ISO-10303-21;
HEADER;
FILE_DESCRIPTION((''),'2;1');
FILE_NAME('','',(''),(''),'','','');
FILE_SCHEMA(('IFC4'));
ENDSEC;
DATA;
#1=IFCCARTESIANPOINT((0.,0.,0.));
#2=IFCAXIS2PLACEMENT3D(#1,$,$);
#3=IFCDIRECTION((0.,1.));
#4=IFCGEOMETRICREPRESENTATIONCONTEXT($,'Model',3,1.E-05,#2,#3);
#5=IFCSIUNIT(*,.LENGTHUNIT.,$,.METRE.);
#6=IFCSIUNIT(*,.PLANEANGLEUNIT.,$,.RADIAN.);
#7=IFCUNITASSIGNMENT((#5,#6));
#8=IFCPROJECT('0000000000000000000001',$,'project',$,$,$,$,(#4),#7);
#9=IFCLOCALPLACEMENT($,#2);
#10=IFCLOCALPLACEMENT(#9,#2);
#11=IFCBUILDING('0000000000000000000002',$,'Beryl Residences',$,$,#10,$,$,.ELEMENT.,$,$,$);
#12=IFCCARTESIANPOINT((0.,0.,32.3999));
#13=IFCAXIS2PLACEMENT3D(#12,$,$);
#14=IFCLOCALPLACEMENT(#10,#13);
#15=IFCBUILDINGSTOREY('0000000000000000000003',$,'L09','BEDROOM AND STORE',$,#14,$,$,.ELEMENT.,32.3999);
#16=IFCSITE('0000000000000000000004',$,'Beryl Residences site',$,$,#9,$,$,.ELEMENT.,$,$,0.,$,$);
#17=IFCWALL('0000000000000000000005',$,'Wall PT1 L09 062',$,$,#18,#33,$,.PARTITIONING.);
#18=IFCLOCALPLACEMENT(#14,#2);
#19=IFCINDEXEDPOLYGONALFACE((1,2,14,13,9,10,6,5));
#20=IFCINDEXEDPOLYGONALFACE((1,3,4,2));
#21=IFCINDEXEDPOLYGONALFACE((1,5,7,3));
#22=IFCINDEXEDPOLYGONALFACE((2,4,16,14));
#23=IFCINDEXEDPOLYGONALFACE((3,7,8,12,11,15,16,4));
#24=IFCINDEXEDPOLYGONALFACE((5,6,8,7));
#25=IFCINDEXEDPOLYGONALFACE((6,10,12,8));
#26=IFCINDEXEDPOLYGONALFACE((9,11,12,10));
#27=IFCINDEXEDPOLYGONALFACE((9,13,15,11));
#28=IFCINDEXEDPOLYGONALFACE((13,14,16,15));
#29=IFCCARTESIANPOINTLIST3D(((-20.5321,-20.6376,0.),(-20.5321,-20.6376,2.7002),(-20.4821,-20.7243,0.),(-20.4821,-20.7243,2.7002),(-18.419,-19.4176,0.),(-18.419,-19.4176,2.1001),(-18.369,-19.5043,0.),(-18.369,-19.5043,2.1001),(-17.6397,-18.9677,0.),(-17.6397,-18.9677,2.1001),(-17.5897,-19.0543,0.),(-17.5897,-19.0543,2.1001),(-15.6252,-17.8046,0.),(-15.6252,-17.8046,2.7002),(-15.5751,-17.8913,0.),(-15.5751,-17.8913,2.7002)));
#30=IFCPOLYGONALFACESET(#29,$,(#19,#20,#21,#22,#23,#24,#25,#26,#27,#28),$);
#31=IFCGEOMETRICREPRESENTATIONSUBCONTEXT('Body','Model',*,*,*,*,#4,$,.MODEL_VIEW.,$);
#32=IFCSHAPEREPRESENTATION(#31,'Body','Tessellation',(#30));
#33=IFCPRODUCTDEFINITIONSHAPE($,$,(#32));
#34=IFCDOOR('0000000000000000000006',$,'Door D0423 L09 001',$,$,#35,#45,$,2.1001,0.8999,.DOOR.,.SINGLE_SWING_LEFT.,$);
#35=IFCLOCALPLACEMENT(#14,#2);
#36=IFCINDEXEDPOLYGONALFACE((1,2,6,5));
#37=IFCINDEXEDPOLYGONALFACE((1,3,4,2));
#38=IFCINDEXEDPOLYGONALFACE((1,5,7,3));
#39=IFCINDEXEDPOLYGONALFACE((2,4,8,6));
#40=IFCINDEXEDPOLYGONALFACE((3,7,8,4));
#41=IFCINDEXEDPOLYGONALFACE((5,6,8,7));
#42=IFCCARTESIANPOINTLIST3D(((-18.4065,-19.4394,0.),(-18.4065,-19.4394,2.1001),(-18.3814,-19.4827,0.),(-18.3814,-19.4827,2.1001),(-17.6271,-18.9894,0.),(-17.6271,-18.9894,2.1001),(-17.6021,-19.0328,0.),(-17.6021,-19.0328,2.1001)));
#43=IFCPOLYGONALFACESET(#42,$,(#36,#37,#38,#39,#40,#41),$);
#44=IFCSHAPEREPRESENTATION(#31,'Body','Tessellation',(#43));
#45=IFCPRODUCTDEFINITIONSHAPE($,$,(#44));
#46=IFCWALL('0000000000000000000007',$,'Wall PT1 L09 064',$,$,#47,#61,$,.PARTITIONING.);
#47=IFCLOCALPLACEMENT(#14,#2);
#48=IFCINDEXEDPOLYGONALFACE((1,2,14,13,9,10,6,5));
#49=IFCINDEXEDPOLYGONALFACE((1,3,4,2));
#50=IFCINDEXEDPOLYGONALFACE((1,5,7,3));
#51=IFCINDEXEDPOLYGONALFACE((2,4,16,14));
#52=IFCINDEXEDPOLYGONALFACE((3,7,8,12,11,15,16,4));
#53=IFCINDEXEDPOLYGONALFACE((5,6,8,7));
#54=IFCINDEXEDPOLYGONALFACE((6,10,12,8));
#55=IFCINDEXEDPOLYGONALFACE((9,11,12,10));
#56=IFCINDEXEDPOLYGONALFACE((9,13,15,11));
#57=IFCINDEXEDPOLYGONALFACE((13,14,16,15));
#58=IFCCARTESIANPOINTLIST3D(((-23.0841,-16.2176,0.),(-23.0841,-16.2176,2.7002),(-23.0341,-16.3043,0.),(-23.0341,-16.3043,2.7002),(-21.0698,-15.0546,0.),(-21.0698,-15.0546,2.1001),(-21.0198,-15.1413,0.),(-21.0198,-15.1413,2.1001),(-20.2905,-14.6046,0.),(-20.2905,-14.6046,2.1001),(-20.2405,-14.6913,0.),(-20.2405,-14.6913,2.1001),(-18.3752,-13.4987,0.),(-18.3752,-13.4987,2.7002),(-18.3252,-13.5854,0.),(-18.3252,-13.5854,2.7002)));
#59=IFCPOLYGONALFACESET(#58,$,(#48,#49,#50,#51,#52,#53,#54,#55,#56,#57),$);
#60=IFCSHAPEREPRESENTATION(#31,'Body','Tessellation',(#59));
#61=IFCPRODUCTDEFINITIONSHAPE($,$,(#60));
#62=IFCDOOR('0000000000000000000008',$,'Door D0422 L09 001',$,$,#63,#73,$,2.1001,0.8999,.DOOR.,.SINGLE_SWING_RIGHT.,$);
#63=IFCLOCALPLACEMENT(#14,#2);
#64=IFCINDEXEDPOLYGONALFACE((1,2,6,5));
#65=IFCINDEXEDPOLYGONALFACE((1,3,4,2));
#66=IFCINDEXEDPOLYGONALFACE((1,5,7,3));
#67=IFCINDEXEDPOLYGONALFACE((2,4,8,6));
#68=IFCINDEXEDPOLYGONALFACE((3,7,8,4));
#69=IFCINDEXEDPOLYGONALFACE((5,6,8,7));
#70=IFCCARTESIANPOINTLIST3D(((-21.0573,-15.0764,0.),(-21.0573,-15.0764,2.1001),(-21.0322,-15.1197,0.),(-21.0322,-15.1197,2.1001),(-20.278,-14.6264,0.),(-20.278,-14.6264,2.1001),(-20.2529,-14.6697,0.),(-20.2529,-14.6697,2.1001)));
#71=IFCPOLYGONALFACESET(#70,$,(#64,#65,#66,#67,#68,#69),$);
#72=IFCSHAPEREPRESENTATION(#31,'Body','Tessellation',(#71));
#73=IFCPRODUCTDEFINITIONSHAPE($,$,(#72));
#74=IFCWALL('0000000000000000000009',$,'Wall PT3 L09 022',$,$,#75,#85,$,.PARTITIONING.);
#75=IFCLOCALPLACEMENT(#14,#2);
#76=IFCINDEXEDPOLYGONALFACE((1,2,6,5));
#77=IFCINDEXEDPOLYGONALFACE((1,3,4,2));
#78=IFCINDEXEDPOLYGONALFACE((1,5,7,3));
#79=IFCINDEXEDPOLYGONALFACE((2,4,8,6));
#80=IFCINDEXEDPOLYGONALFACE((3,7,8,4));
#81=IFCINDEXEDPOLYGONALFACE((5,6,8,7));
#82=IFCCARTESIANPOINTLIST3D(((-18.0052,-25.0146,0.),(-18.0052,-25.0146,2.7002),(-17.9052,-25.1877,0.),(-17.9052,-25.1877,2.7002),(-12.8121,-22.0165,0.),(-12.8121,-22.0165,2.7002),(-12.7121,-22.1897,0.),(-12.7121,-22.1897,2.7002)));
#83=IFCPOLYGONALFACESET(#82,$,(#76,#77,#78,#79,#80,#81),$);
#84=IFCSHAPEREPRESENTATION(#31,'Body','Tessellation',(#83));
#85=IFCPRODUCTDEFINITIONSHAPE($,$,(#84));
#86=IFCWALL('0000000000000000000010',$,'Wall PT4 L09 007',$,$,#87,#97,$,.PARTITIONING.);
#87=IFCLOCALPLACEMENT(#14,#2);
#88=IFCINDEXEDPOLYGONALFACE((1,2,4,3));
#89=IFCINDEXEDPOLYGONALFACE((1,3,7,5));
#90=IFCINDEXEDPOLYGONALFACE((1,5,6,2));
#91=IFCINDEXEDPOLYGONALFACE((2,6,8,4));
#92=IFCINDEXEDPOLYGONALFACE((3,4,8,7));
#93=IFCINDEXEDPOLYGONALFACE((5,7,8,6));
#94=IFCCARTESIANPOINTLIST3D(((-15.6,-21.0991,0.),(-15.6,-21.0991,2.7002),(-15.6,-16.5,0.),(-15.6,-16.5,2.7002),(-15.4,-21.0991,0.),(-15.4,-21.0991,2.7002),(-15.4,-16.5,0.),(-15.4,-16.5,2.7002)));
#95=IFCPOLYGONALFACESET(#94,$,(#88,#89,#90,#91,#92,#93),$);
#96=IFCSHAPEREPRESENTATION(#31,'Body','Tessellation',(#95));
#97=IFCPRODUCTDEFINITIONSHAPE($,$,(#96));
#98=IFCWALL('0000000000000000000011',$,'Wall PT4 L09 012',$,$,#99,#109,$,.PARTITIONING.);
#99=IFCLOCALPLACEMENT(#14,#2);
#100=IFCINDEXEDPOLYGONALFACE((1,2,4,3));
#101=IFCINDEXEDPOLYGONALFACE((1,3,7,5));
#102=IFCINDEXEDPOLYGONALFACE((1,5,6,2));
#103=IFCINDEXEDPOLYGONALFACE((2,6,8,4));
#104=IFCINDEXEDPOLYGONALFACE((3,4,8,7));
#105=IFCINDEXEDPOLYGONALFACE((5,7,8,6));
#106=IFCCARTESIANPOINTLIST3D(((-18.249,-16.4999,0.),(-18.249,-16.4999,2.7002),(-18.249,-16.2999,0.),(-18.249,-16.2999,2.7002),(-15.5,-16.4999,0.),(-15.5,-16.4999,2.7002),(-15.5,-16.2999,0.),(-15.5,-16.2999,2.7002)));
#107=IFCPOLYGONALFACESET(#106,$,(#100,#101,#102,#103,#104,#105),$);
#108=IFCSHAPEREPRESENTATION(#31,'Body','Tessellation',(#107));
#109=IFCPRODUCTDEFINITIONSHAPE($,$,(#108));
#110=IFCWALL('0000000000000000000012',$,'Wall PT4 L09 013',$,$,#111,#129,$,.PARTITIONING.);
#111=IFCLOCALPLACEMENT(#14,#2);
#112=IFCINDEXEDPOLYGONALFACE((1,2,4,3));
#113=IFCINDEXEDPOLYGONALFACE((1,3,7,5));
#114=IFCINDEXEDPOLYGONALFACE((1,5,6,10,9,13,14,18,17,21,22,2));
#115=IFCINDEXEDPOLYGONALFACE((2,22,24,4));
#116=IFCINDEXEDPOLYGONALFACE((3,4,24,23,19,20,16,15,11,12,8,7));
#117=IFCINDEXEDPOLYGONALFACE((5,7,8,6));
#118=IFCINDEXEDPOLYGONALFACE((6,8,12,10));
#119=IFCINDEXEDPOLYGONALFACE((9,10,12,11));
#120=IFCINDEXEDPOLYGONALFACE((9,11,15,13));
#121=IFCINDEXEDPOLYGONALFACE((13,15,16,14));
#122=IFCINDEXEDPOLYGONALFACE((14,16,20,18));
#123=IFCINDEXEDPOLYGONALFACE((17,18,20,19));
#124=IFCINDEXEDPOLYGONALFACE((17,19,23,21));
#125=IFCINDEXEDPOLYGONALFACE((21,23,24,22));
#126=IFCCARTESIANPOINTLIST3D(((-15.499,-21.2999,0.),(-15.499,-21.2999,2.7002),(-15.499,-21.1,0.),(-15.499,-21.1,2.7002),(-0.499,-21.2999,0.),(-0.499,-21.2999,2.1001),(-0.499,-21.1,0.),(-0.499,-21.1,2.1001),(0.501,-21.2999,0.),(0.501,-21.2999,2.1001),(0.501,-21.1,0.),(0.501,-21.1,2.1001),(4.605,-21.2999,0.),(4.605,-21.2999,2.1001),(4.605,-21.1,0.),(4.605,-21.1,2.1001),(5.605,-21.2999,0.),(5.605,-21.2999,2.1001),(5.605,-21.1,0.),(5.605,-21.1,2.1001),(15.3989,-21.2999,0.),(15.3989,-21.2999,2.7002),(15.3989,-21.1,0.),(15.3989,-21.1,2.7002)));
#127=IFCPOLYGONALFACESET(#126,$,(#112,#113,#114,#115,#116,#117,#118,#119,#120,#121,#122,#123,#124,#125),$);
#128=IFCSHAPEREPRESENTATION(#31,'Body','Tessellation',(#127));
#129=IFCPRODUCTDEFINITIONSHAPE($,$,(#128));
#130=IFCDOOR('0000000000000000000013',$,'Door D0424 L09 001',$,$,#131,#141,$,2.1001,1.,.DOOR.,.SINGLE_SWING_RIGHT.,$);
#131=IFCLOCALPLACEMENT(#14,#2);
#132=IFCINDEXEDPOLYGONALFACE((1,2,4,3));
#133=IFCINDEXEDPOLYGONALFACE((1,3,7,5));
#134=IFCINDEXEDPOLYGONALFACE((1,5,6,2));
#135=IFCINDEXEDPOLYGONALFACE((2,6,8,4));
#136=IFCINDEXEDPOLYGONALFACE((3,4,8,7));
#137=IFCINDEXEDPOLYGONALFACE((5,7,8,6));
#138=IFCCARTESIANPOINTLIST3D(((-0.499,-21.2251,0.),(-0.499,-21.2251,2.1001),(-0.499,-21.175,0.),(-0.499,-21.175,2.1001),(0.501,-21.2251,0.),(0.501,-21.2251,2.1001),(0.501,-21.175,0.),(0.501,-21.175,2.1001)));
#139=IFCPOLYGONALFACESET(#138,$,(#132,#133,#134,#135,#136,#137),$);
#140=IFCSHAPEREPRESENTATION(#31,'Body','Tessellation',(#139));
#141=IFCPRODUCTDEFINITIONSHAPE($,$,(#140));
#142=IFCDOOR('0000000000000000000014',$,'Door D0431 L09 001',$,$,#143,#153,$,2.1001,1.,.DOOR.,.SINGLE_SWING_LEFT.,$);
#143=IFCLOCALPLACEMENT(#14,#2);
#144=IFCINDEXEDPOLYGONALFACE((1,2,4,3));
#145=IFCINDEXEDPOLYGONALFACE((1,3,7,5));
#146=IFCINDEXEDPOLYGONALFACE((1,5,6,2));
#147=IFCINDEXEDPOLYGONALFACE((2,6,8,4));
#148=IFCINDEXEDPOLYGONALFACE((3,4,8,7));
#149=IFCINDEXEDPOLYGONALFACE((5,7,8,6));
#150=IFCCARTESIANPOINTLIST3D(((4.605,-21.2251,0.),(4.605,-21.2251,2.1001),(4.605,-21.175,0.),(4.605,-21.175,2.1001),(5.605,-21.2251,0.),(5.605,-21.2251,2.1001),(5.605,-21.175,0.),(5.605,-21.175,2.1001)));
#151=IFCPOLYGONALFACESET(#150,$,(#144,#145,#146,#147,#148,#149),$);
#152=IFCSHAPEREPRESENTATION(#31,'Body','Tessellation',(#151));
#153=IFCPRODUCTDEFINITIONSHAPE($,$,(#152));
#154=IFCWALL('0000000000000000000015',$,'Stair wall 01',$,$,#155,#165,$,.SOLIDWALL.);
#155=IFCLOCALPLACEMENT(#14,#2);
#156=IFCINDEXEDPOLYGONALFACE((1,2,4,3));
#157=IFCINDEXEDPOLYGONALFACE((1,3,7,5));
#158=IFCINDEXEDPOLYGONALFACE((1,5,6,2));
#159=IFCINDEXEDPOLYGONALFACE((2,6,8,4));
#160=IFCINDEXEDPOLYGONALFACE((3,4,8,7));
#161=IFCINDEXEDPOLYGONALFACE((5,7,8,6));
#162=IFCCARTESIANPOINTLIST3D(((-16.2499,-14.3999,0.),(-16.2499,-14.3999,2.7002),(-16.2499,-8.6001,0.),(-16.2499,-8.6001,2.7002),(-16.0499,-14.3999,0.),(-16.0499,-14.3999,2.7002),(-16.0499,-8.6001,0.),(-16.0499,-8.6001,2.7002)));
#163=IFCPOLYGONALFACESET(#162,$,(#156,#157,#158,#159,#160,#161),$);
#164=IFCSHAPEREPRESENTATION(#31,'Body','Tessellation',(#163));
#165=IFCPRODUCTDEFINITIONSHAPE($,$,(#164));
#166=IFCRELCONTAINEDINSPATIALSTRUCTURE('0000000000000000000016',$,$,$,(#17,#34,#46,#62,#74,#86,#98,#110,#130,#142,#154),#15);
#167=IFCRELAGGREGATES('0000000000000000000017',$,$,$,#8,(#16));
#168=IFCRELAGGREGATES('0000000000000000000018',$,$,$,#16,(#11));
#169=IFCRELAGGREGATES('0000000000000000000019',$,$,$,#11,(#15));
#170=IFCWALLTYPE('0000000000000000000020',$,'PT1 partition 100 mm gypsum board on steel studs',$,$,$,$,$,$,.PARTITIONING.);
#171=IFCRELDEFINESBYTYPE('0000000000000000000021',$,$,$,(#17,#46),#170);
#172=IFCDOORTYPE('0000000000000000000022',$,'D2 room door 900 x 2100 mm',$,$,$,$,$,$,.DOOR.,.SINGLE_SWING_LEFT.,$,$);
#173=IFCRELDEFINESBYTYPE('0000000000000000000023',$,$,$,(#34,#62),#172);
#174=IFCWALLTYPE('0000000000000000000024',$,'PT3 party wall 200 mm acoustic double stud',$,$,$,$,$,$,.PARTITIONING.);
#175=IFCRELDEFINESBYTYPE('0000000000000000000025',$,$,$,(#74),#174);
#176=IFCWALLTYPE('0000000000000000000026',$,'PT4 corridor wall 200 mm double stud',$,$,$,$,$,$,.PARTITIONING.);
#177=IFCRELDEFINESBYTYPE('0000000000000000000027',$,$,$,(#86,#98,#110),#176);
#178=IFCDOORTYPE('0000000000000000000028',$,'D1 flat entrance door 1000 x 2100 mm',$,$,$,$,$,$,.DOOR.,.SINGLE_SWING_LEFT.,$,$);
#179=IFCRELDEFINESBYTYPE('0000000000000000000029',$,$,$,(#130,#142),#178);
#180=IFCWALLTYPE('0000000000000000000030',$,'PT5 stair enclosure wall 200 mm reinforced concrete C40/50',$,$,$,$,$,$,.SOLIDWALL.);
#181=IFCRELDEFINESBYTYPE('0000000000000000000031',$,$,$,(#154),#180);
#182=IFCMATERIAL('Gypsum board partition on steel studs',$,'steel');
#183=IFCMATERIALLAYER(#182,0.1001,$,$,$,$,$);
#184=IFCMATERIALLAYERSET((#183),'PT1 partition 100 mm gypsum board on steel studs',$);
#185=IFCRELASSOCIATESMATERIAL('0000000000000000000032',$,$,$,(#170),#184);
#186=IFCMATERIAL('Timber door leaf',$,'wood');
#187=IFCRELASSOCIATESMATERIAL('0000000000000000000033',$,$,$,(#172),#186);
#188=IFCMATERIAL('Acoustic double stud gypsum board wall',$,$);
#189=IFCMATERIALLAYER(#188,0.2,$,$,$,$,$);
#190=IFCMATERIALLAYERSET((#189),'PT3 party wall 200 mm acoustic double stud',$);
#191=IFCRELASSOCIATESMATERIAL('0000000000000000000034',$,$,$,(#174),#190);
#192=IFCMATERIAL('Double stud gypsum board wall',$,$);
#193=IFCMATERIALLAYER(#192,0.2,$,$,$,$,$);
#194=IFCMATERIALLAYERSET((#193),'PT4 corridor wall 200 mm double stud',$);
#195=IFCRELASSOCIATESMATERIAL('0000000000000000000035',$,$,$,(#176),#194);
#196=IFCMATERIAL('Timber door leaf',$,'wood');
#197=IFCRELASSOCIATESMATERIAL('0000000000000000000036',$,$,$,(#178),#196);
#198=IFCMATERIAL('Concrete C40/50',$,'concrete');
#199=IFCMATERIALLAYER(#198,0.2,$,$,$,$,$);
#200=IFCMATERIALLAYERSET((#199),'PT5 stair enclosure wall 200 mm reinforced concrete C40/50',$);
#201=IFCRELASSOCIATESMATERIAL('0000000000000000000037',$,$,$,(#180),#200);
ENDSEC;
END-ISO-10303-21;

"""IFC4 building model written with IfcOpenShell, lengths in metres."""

from ifc_helpers import new_model, si_unit, direction, frame, frame_2d, origin, place, context, subcontext, project, spatial, rectangle, extrude, material, layer, layer_set, type_object, element, fill, save


model = new_model("IFC4")

# Units and contexts
model_context = context("Model", 3, precision=1e-05, world=origin(), true_north=direction((0.0, 1.0)))
body_context = subcontext(model_context, "Body", "Model", "MODEL_VIEW")
ifc_project = project(units=[si_unit("LENGTHUNIT", "METRE"), si_unit("PLANEANGLEUNIT", "RADIAN")], contexts=[model_context])

# Site, building, storey
site_placement = place(None, origin())
site = spatial("IfcSite", under=ifc_project, at=site_placement, Name="Beryl Residences site", CompositionType="ELEMENT", RefElevation=0.0)
building_placement = place(site_placement, origin())
building = spatial("IfcBuilding", under=site, at=building_placement, Name="Beryl Residences", CompositionType="ELEMENT")
storey_placement = place(building_placement, frame((0.0, 0.0, 32.3999)))
storey = spatial("IfcBuildingStorey", under=building, at=storey_placement, Name="L09", Description="BEDROOM AND STORE", CompositionType="ELEMENT", Elevation=32.3999)

# Shared definitions
ifc_material_1 = material(Name="Gypsum board partition on steel studs", Category="steel")
ifc_layer_1 = layer(ifc_material_1, 0.1001)
ifc_layer_set_1 = layer_set([ifc_layer_1], Name="PT1 partition 100 mm gypsum board on steel studs")
wall_type_1 = type_object("IfcWallType", Name="PT1 partition 100 mm gypsum board on steel studs", PredefinedType="PARTITIONING", material=ifc_layer_set_1)

# Walls, openings, doors
wall_1_placement = place(storey_placement, frame((-20.5071, -20.6809, 0.0), z_axis=(0.0, 0.0, 1.0), x_axis=(0.866028, 0.499995, 0.0)))
wall_1 = element("IfcWall", 1, at=wall_1_placement, inside=storey, type_object=wall_type_1, Name="Wall PT1 L09 062", PredefinedType="PARTITIONING", context=body_context, shape_type="SweptSolid", body=[
    extrude(rectangle(XDim=5.666, YDim=0.1001, at=frame_2d((2.833, 0.0))), origin(), (0.0, 0.0, 1.0), 2.7002),
])
opening_1_placement = place(wall_1_placement, frame((2.4399, 0.0, 0.0)))
opening_1 = element("IfcOpeningElement", 2, at=opening_1_placement, cuts=wall_1, PredefinedType="OPENING", context=body_context, shape_type="SweptSolid", body=[
    extrude(rectangle(XDim=0.8999, YDim=2.1001, at=frame_2d((0.45, 1.05))), frame((0.0, 0.0601, 0.0), z_axis=(0.0, -1.0, 0.0), x_axis=(1.0, 0.0, 0.0)), (0.0, 0.0, 1.0), 0.1201),
])
ifc_material_2 = material(Name="Timber door leaf", Category="wood")
door_type_1 = type_object("IfcDoorType", Name="D2 room door 900 x 2100 mm", OperationType="SINGLE_SWING_LEFT", PredefinedType="DOOR", material=ifc_material_2)
door_1_placement = place(opening_1_placement, origin())
door_1 = element("IfcDoor", 3, at=door_1_placement, inside=storey, type_object=door_type_1, Name="Door D0423 L09 001", OperationType="SINGLE_SWING_LEFT", OverallHeight=2.1001, OverallWidth=0.8999, PredefinedType="DOOR", context=body_context, shape_type="SweptSolid", body=[
    extrude(rectangle(XDim=0.8999, YDim=2.1001, at=frame_2d((0.45, 1.05))), frame((0.0, 0.0249, 0.0), z_axis=(0.0, -1.0, 0.0), x_axis=(1.0, 0.0, 0.0)), (0.0, 0.0, 1.0), 0.05),
])
fill(opening_1, door_1)
wall_2_placement = place(storey_placement, frame((-23.0591, -16.261, 0.0), z_axis=(0.0, 0.0, 1.0), x_axis=(0.866005, 0.500036, 0.0)))
wall_2 = element("IfcWall", 4, at=wall_2_placement, inside=storey, type_object=wall_type_1, Name="Wall PT1 L09 064", PredefinedType="PARTITIONING", context=body_context, shape_type="SweptSolid", body=[
    extrude(rectangle(XDim=5.4375, YDim=0.1001, at=frame_2d((2.7188, 0.0))), origin(), (0.0, 0.0, 1.0), 2.7002),
])
opening_2_placement = place(wall_2_placement, frame((2.3259, 0.0, 0.0)))
opening_2 = element("IfcOpeningElement", 5, at=opening_2_placement, cuts=wall_2, PredefinedType="OPENING", context=body_context, shape_type="SweptSolid", body=[
    extrude(rectangle(XDim=0.8999, YDim=2.1001, at=frame_2d((0.45, 1.05))), frame((0.0, 0.0601, 0.0), z_axis=(0.0, -1.0, 0.0), x_axis=(1.0, 0.0, 0.0)), (0.0, 0.0, 1.0), 0.1201),
])
door_2_placement = place(opening_2_placement, origin())
door_2 = element("IfcDoor", 6, at=door_2_placement, inside=storey, type_object=door_type_1, Name="Door D0422 L09 001", OperationType="SINGLE_SWING_RIGHT", OverallHeight=2.1001, OverallWidth=0.8999, PredefinedType="DOOR", context=body_context, shape_type="SweptSolid", body=[
    extrude(rectangle(XDim=0.8999, YDim=2.1001, at=frame_2d((0.45, 1.05))), frame((0.0, 0.0249, 0.0), z_axis=(0.0, -1.0, 0.0), x_axis=(1.0, 0.0, 0.0)), (0.0, 0.0, 1.0), 0.05),
])
fill(opening_2, door_2)

# Walls
ifc_material_3 = material(Name="Acoustic double stud gypsum board wall")
ifc_layer_2 = layer(ifc_material_3, 0.2)
ifc_layer_set_2 = layer_set([ifc_layer_2], Name="PT3 party wall 200 mm acoustic double stud")
wall_type_2 = type_object("IfcWallType", Name="PT3 party wall 200 mm acoustic double stud", PredefinedType="PARTITIONING", material=ifc_layer_set_2)
wall_3_placement = place(storey_placement, frame((-17.9551, -25.1011, 0.0), z_axis=(0.0, 0.0, 1.0), x_axis=(0.86604, 0.499975, 0.0)))
element("IfcWall", 7, at=wall_3_placement, inside=storey, type_object=wall_type_2, Name="Wall PT3 L09 022", PredefinedType="PARTITIONING", context=body_context, shape_type="SweptSolid", body=[
    extrude(rectangle(XDim=5.9963, YDim=0.2, at=frame_2d((2.998, 0.0))), origin(), (0.0, 0.0, 1.0), 2.7002),
])
ifc_material_4 = material(Name="Double stud gypsum board wall")
ifc_layer_3 = layer(ifc_material_4, 0.2)
ifc_layer_set_3 = layer_set([ifc_layer_3], Name="PT4 corridor wall 200 mm double stud")
wall_type_3 = type_object("IfcWallType", Name="PT4 corridor wall 200 mm double stud", PredefinedType="PARTITIONING", material=ifc_layer_set_3)
wall_4_placement = place(storey_placement, frame((-15.5, -16.5, 0.0), z_axis=(0.0, 0.0, 1.0), x_axis=(0.0, -1.0, 0.0)))
element("IfcWall", 8, at=wall_4_placement, inside=storey, type_object=wall_type_3, Name="Wall PT4 L09 007", PredefinedType="PARTITIONING", context=body_context, shape_type="SweptSolid", body=[
    extrude(rectangle(XDim=4.5991, YDim=0.2, at=frame_2d((2.2996, 0.0))), origin(), (0.0, 0.0, 1.0), 2.7002),
])
wall_5_placement = place(storey_placement, frame((-18.249, -16.3999, 0.0), z_axis=(0.0, 0.0, 1.0), x_axis=(1.0, 0.0, 0.0)))
element("IfcWall", 9, at=wall_5_placement, inside=storey, type_object=wall_type_3, Name="Wall PT4 L09 012", PredefinedType="PARTITIONING", context=body_context, shape_type="SweptSolid", body=[
    extrude(rectangle(XDim=2.749, YDim=0.2, at=frame_2d((1.3745, 0.0))), origin(), (0.0, 0.0, 1.0), 2.7002),
])

# Wall, openings, doors
wall_6_placement = place(storey_placement, frame((-15.499, -21.2, 0.0), z_axis=(0.0, 0.0, 1.0), x_axis=(1.0, 0.0, 0.0)))
wall_6 = element("IfcWall", 10, at=wall_6_placement, inside=storey, type_object=wall_type_3, Name="Wall PT4 L09 013", PredefinedType="PARTITIONING", context=body_context, shape_type="SweptSolid", body=[
    extrude(rectangle(XDim=30.8979, YDim=0.2, at=frame_2d((15.449, 0.0))), origin(), (0.0, 0.0, 1.0), 2.7002),
])
opening_3_placement = place(wall_6_placement, frame((15.0, 0.0, 0.0)))
opening_3 = element("IfcOpeningElement", 11, at=opening_3_placement, cuts=wall_6, PredefinedType="OPENING", context=body_context, shape_type="SweptSolid", body=[
    extrude(rectangle(XDim=1.0, YDim=2.1001, at=frame_2d((0.5, 1.05))), frame((0.0, 0.1099, 0.0), z_axis=(0.0, -1.0, 0.0), x_axis=(1.0, 0.0, 0.0)), (0.0, 0.0, 1.0), 0.22),
])
opening_4_placement = place(wall_6_placement, frame((20.104, 0.0, 0.0)))
opening_4 = element("IfcOpeningElement", 12, at=opening_4_placement, cuts=wall_6, PredefinedType="OPENING", context=body_context, shape_type="SweptSolid", body=[
    extrude(rectangle(XDim=1.0, YDim=2.1001, at=frame_2d((0.5, 1.05))), frame((0.0, 0.1099, 0.0), z_axis=(0.0, -1.0, 0.0), x_axis=(1.0, 0.0, 0.0)), (0.0, 0.0, 1.0), 0.22),
])
ifc_material_5 = material(Name="Timber door leaf", Category="wood")
door_type_2 = type_object("IfcDoorType", Name="D1 flat entrance door 1000 x 2100 mm", OperationType="SINGLE_SWING_LEFT", PredefinedType="DOOR", material=ifc_material_5)
door_3_placement = place(opening_3_placement, origin())
door_3 = element("IfcDoor", 13, at=door_3_placement, inside=storey, type_object=door_type_2, Name="Door D0424 L09 001", OperationType="SINGLE_SWING_RIGHT", OverallHeight=2.1001, OverallWidth=1.0, PredefinedType="DOOR", context=body_context, shape_type="SweptSolid", body=[
    extrude(rectangle(XDim=1.0, YDim=2.1001, at=frame_2d((0.5, 1.05))), frame((0.0, 0.0249, 0.0), z_axis=(0.0, -1.0, 0.0), x_axis=(1.0, 0.0, 0.0)), (0.0, 0.0, 1.0), 0.05),
])
fill(opening_3, door_3)
door_4_placement = place(opening_4_placement, origin())
door_4 = element("IfcDoor", 14, at=door_4_placement, inside=storey, type_object=door_type_2, Name="Door D0431 L09 001", OperationType="SINGLE_SWING_LEFT", OverallHeight=2.1001, OverallWidth=1.0, PredefinedType="DOOR", context=body_context, shape_type="SweptSolid", body=[
    extrude(rectangle(XDim=1.0, YDim=2.1001, at=frame_2d((0.5, 1.05))), frame((0.0, 0.0249, 0.0), z_axis=(0.0, -1.0, 0.0), x_axis=(1.0, 0.0, 0.0)), (0.0, 0.0, 1.0), 0.05),
])
fill(opening_4, door_4)

# Wall
ifc_material_6 = material(Name="Concrete C40/50", Category="concrete")
ifc_layer_4 = layer(ifc_material_6, 0.2)
ifc_layer_set_4 = layer_set([ifc_layer_4], Name="PT5 stair enclosure wall 200 mm reinforced concrete C40/50")
wall_type_4 = type_object("IfcWallType", Name="PT5 stair enclosure wall 200 mm reinforced concrete C40/50", PredefinedType="SOLIDWALL", material=ifc_layer_set_4)
wall_7_placement = place(storey_placement, frame((-16.1499, -14.3999, 0.0), z_axis=(0.0, 0.0, 1.0), x_axis=(0.0, 1.0, 0.0)))
element("IfcWall", 15, at=wall_7_placement, inside=storey, type_object=wall_type_4, Name="Stair wall 01", PredefinedType="SOLIDWALL", context=body_context, shape_type="SweptSolid", body=[
    extrude(rectangle(XDim=5.7998, YDim=0.2, at=frame_2d((2.8999, 0.0))), origin(), (0.0, 0.0, 1.0), 2.7002),
])

save(model, "model.ifc")
